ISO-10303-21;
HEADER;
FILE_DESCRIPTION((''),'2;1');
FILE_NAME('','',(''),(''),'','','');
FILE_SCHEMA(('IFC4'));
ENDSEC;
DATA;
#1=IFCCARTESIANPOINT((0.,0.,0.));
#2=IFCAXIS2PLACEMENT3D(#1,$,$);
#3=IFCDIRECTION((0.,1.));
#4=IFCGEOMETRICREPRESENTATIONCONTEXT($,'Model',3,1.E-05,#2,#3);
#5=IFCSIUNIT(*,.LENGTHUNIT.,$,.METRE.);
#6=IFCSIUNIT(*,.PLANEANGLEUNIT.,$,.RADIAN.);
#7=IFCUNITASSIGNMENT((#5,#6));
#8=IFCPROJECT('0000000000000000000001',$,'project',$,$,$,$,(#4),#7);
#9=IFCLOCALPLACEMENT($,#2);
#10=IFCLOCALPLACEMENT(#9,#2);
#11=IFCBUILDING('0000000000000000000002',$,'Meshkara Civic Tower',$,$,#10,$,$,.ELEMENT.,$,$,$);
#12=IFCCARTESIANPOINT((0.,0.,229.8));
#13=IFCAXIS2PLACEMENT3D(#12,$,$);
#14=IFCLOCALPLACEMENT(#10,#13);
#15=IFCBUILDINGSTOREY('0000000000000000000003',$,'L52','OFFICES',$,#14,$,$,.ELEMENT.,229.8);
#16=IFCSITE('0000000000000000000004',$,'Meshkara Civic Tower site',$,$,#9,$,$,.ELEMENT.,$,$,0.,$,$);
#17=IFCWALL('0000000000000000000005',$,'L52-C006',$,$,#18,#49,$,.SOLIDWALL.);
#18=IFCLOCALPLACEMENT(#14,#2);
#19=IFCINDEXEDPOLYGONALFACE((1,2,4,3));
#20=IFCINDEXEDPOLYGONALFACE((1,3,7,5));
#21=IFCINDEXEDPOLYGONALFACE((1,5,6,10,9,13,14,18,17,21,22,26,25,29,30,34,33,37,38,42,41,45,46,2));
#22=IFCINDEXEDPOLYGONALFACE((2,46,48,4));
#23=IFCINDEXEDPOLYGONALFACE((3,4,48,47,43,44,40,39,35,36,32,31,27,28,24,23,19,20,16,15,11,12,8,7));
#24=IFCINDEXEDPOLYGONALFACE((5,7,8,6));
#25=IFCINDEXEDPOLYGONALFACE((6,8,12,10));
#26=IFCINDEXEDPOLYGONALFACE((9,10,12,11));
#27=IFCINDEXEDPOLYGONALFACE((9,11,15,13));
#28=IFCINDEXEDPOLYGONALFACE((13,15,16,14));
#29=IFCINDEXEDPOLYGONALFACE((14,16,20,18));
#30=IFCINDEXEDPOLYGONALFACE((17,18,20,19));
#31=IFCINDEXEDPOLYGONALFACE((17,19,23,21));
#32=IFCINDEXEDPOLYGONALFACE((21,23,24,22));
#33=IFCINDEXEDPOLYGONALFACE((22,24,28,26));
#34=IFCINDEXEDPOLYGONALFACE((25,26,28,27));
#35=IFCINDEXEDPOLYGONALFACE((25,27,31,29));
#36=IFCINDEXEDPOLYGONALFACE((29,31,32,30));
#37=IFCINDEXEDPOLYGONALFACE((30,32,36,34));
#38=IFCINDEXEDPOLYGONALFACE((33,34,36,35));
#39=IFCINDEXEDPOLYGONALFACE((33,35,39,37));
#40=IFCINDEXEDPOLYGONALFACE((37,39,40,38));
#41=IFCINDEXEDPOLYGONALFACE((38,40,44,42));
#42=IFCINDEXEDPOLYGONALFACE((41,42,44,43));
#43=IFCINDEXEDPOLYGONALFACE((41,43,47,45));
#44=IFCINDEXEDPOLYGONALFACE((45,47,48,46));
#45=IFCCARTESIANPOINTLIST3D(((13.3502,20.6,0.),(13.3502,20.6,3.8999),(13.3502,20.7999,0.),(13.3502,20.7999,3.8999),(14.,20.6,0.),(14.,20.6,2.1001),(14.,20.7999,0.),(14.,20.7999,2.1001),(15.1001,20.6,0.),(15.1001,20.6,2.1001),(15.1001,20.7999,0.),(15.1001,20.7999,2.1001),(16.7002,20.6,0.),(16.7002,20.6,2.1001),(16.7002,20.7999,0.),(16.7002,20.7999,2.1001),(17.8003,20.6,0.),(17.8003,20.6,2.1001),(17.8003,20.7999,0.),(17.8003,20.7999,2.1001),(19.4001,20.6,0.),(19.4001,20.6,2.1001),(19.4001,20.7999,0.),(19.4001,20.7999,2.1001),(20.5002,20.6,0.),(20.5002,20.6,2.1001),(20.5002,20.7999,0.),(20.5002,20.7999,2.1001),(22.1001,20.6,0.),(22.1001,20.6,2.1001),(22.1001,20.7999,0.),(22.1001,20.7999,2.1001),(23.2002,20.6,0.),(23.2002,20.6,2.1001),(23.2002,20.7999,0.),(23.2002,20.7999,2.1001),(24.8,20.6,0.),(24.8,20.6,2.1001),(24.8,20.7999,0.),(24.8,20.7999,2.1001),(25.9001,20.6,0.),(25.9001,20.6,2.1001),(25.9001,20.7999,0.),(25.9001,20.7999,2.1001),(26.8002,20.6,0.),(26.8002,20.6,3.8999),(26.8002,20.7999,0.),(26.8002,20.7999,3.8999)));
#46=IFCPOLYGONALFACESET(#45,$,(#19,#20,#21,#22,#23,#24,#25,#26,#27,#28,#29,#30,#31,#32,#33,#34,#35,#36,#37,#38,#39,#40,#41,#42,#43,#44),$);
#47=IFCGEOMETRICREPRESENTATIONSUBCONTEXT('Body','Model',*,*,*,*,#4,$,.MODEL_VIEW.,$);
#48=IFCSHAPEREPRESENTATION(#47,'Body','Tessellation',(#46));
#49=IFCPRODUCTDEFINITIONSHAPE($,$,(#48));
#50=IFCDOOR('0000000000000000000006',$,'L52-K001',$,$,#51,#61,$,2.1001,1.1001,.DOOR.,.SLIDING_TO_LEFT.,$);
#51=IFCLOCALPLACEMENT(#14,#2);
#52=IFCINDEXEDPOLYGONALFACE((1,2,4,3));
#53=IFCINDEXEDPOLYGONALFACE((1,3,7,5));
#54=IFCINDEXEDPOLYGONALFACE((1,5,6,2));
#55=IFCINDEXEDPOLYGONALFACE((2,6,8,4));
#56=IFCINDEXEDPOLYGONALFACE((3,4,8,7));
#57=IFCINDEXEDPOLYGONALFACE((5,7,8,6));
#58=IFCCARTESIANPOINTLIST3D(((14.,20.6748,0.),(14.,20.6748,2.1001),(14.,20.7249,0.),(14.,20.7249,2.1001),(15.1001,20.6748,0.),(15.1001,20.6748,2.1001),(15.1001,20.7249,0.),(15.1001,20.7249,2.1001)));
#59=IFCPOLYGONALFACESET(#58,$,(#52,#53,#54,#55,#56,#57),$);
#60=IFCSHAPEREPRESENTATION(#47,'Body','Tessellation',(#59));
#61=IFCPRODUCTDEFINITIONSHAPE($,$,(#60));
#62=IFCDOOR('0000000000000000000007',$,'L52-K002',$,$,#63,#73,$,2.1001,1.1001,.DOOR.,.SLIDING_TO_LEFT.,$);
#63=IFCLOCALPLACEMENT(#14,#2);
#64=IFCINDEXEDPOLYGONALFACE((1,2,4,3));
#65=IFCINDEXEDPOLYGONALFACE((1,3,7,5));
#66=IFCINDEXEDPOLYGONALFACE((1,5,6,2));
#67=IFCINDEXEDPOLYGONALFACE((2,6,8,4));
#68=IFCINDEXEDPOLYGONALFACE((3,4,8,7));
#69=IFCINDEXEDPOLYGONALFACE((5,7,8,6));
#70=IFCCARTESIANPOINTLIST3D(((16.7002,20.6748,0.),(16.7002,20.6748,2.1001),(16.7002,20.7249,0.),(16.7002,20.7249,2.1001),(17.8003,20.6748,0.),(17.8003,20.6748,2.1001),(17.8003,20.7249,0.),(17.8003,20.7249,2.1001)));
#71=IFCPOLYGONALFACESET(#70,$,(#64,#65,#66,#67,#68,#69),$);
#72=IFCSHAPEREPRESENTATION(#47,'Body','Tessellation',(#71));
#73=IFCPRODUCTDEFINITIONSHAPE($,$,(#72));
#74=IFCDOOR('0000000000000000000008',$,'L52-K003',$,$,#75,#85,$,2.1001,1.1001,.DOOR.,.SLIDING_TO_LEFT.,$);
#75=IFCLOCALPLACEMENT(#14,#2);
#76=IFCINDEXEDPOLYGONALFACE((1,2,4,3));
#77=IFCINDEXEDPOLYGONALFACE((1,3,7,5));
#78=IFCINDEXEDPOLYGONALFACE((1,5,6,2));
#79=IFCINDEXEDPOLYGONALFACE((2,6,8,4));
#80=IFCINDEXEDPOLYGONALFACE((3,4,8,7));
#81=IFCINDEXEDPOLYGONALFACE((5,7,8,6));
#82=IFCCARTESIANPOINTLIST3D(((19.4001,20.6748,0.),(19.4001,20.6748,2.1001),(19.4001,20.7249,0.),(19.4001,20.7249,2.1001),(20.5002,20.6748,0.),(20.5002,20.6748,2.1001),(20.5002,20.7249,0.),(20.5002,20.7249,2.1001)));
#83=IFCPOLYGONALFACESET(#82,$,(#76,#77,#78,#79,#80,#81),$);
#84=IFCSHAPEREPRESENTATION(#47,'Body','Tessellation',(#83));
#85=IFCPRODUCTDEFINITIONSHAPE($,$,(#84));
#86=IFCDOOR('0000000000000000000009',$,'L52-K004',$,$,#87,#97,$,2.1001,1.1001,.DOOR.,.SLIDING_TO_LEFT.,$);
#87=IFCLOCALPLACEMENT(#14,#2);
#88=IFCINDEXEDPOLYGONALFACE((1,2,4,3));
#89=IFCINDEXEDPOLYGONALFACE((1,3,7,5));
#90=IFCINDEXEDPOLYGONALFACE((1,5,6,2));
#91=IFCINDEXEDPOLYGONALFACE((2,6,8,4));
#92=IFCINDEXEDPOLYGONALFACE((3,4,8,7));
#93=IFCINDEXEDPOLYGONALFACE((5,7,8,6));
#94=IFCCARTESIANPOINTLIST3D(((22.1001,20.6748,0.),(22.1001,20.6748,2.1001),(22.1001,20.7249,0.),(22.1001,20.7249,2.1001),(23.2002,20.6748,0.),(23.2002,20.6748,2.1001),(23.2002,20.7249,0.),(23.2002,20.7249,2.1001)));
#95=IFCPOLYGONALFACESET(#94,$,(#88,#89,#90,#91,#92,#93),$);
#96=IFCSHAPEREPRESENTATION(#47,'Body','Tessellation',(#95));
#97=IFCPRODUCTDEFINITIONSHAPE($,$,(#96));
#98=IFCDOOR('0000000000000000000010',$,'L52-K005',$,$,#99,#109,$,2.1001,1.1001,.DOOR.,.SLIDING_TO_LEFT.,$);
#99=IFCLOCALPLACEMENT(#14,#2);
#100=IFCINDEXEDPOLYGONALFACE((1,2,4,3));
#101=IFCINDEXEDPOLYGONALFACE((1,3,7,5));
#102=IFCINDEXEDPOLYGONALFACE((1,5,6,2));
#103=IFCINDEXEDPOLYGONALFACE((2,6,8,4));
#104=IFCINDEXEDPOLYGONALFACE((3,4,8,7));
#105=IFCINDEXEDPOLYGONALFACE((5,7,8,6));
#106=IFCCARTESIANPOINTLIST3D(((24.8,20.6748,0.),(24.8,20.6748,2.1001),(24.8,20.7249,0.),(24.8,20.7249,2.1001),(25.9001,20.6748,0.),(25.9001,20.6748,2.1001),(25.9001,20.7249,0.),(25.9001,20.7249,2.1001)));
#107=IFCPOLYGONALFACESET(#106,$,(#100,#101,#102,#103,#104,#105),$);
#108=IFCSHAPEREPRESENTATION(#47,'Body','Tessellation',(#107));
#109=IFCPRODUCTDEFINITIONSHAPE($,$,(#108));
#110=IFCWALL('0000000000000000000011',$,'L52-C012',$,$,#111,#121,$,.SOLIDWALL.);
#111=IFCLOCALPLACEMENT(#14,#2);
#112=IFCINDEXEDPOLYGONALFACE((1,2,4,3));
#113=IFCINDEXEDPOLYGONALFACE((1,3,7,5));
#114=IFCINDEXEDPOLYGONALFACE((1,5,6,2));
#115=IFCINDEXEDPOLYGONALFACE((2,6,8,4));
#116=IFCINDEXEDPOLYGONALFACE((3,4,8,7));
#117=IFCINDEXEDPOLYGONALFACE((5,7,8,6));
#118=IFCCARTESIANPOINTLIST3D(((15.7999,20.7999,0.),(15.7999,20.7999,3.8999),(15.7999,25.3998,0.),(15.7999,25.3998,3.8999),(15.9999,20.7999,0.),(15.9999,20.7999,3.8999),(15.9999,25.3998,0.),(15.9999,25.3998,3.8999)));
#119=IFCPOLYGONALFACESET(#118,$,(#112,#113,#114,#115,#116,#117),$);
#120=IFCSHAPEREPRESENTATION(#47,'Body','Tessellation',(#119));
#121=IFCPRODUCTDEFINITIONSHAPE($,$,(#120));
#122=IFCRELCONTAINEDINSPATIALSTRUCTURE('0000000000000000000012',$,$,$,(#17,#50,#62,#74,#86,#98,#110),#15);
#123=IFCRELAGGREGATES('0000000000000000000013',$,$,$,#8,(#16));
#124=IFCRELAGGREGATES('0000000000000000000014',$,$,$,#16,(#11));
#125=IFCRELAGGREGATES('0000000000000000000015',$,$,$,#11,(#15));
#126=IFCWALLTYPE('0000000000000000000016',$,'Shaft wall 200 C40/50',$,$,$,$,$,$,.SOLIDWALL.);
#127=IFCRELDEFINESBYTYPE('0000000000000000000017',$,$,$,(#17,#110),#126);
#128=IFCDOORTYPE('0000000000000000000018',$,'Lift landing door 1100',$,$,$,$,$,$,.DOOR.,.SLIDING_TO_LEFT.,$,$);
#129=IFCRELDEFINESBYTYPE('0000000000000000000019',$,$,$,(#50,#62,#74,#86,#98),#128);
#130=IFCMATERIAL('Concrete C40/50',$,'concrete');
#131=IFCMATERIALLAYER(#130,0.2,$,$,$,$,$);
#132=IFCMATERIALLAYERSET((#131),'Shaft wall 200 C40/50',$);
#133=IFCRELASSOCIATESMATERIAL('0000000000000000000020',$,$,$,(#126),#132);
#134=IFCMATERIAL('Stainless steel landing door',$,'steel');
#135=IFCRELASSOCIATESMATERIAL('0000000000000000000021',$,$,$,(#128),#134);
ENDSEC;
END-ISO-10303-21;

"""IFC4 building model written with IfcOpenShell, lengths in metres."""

from ifc_helpers import new_model, si_unit, direction, frame, frame_2d, origin, place, context, subcontext, project, spatial, rectangle, extrude, material, layer, layer_set, type_object, element, fill, save


model = new_model("IFC4")

# Units and contexts
model_context = context("Model", 3, precision=1e-05, world=origin(), true_north=direction((0.0, 1.0)))
body_context = subcontext(model_context, "Body", "Model", "MODEL_VIEW")
ifc_project = project(units=[si_unit("LENGTHUNIT", "METRE"), si_unit("PLANEANGLEUNIT", "RADIAN")], contexts=[model_context])

# Site, building, storey
site_placement = place(None, origin())
site = spatial("IfcSite", under=ifc_project, at=site_placement, Name="Meshkara Civic Tower site", CompositionType="ELEMENT", RefElevation=0.0)
building_placement = place(site_placement, origin())
building = spatial("IfcBuilding", under=site, at=building_placement, Name="Meshkara Civic Tower", CompositionType="ELEMENT")
storey_placement = place(building_placement, frame((0.0, 0.0, 229.8)))
storey = spatial("IfcBuildingStorey", under=building, at=storey_placement, Name="L52", Description="OFFICES", CompositionType="ELEMENT", Elevation=229.8)

# Wall, openings, doors
ifc_material_1 = material(Name="Concrete C40/50", Category="concrete")
ifc_layer_1 = layer(ifc_material_1, 0.2)
ifc_layer_set_1 = layer_set([ifc_layer_1], Name="Shaft wall 200 C40/50")
wall_type_1 = type_object("IfcWallType", Name="Shaft wall 200 C40/50", PredefinedType="SOLIDWALL", material=ifc_layer_set_1)
wall_1_placement = place(storey_placement, frame((13.3501, 20.7, 0.0), z_axis=(0.0, 0.0, 1.0), x_axis=(1.0, 0.0, 0.0)))
wall_1 = element("IfcWall", 1, at=wall_1_placement, inside=storey, type_object=wall_type_1, Name="L52-C006", PredefinedType="SOLIDWALL", context=body_context, shape_type="SweptSolid", body=[
    extrude(rectangle(XDim=13.45, YDim=0.2, at=frame_2d((6.7251, 0.0))), origin(), (0.0, 0.0, 1.0), 3.8999),
])
opening_1_placement = place(wall_1_placement, frame((0.6499, 0.0, 0.0)))
opening_1 = element("IfcOpeningElement", 2, at=opening_1_placement, cuts=wall_1, PredefinedType="OPENING", context=body_context, shape_type="SweptSolid", body=[
    extrude(rectangle(XDim=1.1001, YDim=2.1001, at=frame_2d((0.55, 1.05))), frame((0.0, 0.1099, 0.0), z_axis=(0.0, -1.0, 0.0), x_axis=(1.0, 0.0, 0.0)), (0.0, 0.0, 1.0), 0.22),
])
opening_2_placement = place(wall_1_placement, frame((3.3501, 0.0, 0.0)))
opening_2 = element("IfcOpeningElement", 3, at=opening_2_placement, cuts=wall_1, PredefinedType="OPENING", context=body_context, shape_type="SweptSolid", body=[
    extrude(rectangle(XDim=1.1001, YDim=2.1001, at=frame_2d((0.55, 1.05))), frame((0.0, 0.1099, 0.0), z_axis=(0.0, -1.0, 0.0), x_axis=(1.0, 0.0, 0.0)), (0.0, 0.0, 1.0), 0.22),
])
opening_3_placement = place(wall_1_placement, frame((6.05, 0.0, 0.0)))
opening_3 = element("IfcOpeningElement", 4, at=opening_3_placement, cuts=wall_1, PredefinedType="OPENING", context=body_context, shape_type="SweptSolid", body=[
    extrude(rectangle(XDim=1.1001, YDim=2.1001, at=frame_2d((0.55, 1.05))), frame((0.0, 0.1099, 0.0), z_axis=(0.0, -1.0, 0.0), x_axis=(1.0, 0.0, 0.0)), (0.0, 0.0, 1.0), 0.22),
])
opening_4_placement = place(wall_1_placement, frame((8.75, 0.0, 0.0)))
opening_4 = element("IfcOpeningElement", 5, at=opening_4_placement, cuts=wall_1, PredefinedType="OPENING", context=body_context, shape_type="SweptSolid", body=[
    extrude(rectangle(XDim=1.1001, YDim=2.1001, at=frame_2d((0.55, 1.05))), frame((0.0, 0.1099, 0.0), z_axis=(0.0, -1.0, 0.0), x_axis=(1.0, 0.0, 0.0)), (0.0, 0.0, 1.0), 0.22),
])
opening_5_placement = place(wall_1_placement, frame((11.45, 0.0, 0.0)))
opening_5 = element("IfcOpeningElement", 6, at=opening_5_placement, cuts=wall_1, PredefinedType="OPENING", context=body_context, shape_type="SweptSolid", body=[
    extrude(rectangle(XDim=1.1001, YDim=2.1001, at=frame_2d((0.55, 1.05))), frame((0.0, 0.1099, 0.0), z_axis=(0.0, -1.0, 0.0), x_axis=(1.0, 0.0, 0.0)), (0.0, 0.0, 1.0), 0.22),
])
ifc_material_2 = material(Name="Stainless steel landing door", Category="steel")
door_type_1 = type_object("IfcDoorType", Name="Lift landing door 1100", OperationType="SLIDING_TO_LEFT", PredefinedType="DOOR", material=ifc_material_2)
door_1_placement = place(opening_1_placement, origin())
door_1 = element("IfcDoor", 7, at=door_1_placement, inside=storey, type_object=door_type_1, Name="L52-K001", OperationType="SLIDING_TO_LEFT", OverallHeight=2.1001, OverallWidth=1.1001, PredefinedType="DOOR", context=body_context, shape_type="SweptSolid", body=[
    extrude(rectangle(XDim=1.1001, YDim=2.1001, at=frame_2d((0.55, 1.05))), frame((0.0, 0.0249, 0.0), z_axis=(0.0, -1.0, 0.0), x_axis=(1.0, 0.0, 0.0)), (0.0, 0.0, 1.0), 0.05),
])
fill(opening_1, door_1)
door_2_placement = place(opening_2_placement, origin())
door_2 = element("IfcDoor", 8, at=door_2_placement, inside=storey, type_object=door_type_1, Name="L52-K002", OperationType="SLIDING_TO_LEFT", OverallHeight=2.1001, OverallWidth=1.1001, PredefinedType="DOOR", context=body_context, shape_type="SweptSolid", body=[
    extrude(rectangle(XDim=1.1001, YDim=2.1001, at=frame_2d((0.55, 1.05))), frame((0.0, 0.0249, 0.0), z_axis=(0.0, -1.0, 0.0), x_axis=(1.0, 0.0, 0.0)), (0.0, 0.0, 1.0), 0.05),
])
fill(opening_2, door_2)
door_3_placement = place(opening_3_placement, origin())
door_3 = element("IfcDoor", 9, at=door_3_placement, inside=storey, type_object=door_type_1, Name="L52-K003", OperationType="SLIDING_TO_LEFT", OverallHeight=2.1001, OverallWidth=1.1001, PredefinedType="DOOR", context=body_context, shape_type="SweptSolid", body=[
    extrude(rectangle(XDim=1.1001, YDim=2.1001, at=frame_2d((0.55, 1.05))), frame((0.0, 0.0249, 0.0), z_axis=(0.0, -1.0, 0.0), x_axis=(1.0, 0.0, 0.0)), (0.0, 0.0, 1.0), 0.05),
])
fill(opening_3, door_3)
door_4_placement = place(opening_4_placement, origin())
door_4 = element("IfcDoor", 10, at=door_4_placement, inside=storey, type_object=door_type_1, Name="L52-K004", OperationType="SLIDING_TO_LEFT", OverallHeight=2.1001, OverallWidth=1.1001, PredefinedType="DOOR", context=body_context, shape_type="SweptSolid", body=[
    extrude(rectangle(XDim=1.1001, YDim=2.1001, at=frame_2d((0.55, 1.05))), frame((0.0, 0.0249, 0.0), z_axis=(0.0, -1.0, 0.0), x_axis=(1.0, 0.0, 0.0)), (0.0, 0.0, 1.0), 0.05),
])
fill(opening_4, door_4)
door_5_placement = place(opening_5_placement, origin())
door_5 = element("IfcDoor", 11, at=door_5_placement, inside=storey, type_object=door_type_1, Name="L52-K005", OperationType="SLIDING_TO_LEFT", OverallHeight=2.1001, OverallWidth=1.1001, PredefinedType="DOOR", context=body_context, shape_type="SweptSolid", body=[
    extrude(rectangle(XDim=1.1001, YDim=2.1001, at=frame_2d((0.55, 1.05))), frame((0.0, 0.0249, 0.0), z_axis=(0.0, -1.0, 0.0), x_axis=(1.0, 0.0, 0.0)), (0.0, 0.0, 1.0), 0.05),
])
fill(opening_5, door_5)

# Wall
wall_2_placement = place(storey_placement, frame((15.8999, 20.8, 0.0), z_axis=(0.0, 0.0, 1.0), x_axis=(0.0, 1.0, 0.0)))
element("IfcWall", 12, at=wall_2_placement, inside=storey, type_object=wall_type_1, Name="L52-C012", PredefinedType="SOLIDWALL", context=body_context, shape_type="SweptSolid", body=[
    extrude(rectangle(XDim=4.5999, YDim=0.2, at=frame_2d((2.2998, 0.0))), origin(), (0.0, 0.0, 1.0), 3.8999),
])

save(model, "model.ifc")
